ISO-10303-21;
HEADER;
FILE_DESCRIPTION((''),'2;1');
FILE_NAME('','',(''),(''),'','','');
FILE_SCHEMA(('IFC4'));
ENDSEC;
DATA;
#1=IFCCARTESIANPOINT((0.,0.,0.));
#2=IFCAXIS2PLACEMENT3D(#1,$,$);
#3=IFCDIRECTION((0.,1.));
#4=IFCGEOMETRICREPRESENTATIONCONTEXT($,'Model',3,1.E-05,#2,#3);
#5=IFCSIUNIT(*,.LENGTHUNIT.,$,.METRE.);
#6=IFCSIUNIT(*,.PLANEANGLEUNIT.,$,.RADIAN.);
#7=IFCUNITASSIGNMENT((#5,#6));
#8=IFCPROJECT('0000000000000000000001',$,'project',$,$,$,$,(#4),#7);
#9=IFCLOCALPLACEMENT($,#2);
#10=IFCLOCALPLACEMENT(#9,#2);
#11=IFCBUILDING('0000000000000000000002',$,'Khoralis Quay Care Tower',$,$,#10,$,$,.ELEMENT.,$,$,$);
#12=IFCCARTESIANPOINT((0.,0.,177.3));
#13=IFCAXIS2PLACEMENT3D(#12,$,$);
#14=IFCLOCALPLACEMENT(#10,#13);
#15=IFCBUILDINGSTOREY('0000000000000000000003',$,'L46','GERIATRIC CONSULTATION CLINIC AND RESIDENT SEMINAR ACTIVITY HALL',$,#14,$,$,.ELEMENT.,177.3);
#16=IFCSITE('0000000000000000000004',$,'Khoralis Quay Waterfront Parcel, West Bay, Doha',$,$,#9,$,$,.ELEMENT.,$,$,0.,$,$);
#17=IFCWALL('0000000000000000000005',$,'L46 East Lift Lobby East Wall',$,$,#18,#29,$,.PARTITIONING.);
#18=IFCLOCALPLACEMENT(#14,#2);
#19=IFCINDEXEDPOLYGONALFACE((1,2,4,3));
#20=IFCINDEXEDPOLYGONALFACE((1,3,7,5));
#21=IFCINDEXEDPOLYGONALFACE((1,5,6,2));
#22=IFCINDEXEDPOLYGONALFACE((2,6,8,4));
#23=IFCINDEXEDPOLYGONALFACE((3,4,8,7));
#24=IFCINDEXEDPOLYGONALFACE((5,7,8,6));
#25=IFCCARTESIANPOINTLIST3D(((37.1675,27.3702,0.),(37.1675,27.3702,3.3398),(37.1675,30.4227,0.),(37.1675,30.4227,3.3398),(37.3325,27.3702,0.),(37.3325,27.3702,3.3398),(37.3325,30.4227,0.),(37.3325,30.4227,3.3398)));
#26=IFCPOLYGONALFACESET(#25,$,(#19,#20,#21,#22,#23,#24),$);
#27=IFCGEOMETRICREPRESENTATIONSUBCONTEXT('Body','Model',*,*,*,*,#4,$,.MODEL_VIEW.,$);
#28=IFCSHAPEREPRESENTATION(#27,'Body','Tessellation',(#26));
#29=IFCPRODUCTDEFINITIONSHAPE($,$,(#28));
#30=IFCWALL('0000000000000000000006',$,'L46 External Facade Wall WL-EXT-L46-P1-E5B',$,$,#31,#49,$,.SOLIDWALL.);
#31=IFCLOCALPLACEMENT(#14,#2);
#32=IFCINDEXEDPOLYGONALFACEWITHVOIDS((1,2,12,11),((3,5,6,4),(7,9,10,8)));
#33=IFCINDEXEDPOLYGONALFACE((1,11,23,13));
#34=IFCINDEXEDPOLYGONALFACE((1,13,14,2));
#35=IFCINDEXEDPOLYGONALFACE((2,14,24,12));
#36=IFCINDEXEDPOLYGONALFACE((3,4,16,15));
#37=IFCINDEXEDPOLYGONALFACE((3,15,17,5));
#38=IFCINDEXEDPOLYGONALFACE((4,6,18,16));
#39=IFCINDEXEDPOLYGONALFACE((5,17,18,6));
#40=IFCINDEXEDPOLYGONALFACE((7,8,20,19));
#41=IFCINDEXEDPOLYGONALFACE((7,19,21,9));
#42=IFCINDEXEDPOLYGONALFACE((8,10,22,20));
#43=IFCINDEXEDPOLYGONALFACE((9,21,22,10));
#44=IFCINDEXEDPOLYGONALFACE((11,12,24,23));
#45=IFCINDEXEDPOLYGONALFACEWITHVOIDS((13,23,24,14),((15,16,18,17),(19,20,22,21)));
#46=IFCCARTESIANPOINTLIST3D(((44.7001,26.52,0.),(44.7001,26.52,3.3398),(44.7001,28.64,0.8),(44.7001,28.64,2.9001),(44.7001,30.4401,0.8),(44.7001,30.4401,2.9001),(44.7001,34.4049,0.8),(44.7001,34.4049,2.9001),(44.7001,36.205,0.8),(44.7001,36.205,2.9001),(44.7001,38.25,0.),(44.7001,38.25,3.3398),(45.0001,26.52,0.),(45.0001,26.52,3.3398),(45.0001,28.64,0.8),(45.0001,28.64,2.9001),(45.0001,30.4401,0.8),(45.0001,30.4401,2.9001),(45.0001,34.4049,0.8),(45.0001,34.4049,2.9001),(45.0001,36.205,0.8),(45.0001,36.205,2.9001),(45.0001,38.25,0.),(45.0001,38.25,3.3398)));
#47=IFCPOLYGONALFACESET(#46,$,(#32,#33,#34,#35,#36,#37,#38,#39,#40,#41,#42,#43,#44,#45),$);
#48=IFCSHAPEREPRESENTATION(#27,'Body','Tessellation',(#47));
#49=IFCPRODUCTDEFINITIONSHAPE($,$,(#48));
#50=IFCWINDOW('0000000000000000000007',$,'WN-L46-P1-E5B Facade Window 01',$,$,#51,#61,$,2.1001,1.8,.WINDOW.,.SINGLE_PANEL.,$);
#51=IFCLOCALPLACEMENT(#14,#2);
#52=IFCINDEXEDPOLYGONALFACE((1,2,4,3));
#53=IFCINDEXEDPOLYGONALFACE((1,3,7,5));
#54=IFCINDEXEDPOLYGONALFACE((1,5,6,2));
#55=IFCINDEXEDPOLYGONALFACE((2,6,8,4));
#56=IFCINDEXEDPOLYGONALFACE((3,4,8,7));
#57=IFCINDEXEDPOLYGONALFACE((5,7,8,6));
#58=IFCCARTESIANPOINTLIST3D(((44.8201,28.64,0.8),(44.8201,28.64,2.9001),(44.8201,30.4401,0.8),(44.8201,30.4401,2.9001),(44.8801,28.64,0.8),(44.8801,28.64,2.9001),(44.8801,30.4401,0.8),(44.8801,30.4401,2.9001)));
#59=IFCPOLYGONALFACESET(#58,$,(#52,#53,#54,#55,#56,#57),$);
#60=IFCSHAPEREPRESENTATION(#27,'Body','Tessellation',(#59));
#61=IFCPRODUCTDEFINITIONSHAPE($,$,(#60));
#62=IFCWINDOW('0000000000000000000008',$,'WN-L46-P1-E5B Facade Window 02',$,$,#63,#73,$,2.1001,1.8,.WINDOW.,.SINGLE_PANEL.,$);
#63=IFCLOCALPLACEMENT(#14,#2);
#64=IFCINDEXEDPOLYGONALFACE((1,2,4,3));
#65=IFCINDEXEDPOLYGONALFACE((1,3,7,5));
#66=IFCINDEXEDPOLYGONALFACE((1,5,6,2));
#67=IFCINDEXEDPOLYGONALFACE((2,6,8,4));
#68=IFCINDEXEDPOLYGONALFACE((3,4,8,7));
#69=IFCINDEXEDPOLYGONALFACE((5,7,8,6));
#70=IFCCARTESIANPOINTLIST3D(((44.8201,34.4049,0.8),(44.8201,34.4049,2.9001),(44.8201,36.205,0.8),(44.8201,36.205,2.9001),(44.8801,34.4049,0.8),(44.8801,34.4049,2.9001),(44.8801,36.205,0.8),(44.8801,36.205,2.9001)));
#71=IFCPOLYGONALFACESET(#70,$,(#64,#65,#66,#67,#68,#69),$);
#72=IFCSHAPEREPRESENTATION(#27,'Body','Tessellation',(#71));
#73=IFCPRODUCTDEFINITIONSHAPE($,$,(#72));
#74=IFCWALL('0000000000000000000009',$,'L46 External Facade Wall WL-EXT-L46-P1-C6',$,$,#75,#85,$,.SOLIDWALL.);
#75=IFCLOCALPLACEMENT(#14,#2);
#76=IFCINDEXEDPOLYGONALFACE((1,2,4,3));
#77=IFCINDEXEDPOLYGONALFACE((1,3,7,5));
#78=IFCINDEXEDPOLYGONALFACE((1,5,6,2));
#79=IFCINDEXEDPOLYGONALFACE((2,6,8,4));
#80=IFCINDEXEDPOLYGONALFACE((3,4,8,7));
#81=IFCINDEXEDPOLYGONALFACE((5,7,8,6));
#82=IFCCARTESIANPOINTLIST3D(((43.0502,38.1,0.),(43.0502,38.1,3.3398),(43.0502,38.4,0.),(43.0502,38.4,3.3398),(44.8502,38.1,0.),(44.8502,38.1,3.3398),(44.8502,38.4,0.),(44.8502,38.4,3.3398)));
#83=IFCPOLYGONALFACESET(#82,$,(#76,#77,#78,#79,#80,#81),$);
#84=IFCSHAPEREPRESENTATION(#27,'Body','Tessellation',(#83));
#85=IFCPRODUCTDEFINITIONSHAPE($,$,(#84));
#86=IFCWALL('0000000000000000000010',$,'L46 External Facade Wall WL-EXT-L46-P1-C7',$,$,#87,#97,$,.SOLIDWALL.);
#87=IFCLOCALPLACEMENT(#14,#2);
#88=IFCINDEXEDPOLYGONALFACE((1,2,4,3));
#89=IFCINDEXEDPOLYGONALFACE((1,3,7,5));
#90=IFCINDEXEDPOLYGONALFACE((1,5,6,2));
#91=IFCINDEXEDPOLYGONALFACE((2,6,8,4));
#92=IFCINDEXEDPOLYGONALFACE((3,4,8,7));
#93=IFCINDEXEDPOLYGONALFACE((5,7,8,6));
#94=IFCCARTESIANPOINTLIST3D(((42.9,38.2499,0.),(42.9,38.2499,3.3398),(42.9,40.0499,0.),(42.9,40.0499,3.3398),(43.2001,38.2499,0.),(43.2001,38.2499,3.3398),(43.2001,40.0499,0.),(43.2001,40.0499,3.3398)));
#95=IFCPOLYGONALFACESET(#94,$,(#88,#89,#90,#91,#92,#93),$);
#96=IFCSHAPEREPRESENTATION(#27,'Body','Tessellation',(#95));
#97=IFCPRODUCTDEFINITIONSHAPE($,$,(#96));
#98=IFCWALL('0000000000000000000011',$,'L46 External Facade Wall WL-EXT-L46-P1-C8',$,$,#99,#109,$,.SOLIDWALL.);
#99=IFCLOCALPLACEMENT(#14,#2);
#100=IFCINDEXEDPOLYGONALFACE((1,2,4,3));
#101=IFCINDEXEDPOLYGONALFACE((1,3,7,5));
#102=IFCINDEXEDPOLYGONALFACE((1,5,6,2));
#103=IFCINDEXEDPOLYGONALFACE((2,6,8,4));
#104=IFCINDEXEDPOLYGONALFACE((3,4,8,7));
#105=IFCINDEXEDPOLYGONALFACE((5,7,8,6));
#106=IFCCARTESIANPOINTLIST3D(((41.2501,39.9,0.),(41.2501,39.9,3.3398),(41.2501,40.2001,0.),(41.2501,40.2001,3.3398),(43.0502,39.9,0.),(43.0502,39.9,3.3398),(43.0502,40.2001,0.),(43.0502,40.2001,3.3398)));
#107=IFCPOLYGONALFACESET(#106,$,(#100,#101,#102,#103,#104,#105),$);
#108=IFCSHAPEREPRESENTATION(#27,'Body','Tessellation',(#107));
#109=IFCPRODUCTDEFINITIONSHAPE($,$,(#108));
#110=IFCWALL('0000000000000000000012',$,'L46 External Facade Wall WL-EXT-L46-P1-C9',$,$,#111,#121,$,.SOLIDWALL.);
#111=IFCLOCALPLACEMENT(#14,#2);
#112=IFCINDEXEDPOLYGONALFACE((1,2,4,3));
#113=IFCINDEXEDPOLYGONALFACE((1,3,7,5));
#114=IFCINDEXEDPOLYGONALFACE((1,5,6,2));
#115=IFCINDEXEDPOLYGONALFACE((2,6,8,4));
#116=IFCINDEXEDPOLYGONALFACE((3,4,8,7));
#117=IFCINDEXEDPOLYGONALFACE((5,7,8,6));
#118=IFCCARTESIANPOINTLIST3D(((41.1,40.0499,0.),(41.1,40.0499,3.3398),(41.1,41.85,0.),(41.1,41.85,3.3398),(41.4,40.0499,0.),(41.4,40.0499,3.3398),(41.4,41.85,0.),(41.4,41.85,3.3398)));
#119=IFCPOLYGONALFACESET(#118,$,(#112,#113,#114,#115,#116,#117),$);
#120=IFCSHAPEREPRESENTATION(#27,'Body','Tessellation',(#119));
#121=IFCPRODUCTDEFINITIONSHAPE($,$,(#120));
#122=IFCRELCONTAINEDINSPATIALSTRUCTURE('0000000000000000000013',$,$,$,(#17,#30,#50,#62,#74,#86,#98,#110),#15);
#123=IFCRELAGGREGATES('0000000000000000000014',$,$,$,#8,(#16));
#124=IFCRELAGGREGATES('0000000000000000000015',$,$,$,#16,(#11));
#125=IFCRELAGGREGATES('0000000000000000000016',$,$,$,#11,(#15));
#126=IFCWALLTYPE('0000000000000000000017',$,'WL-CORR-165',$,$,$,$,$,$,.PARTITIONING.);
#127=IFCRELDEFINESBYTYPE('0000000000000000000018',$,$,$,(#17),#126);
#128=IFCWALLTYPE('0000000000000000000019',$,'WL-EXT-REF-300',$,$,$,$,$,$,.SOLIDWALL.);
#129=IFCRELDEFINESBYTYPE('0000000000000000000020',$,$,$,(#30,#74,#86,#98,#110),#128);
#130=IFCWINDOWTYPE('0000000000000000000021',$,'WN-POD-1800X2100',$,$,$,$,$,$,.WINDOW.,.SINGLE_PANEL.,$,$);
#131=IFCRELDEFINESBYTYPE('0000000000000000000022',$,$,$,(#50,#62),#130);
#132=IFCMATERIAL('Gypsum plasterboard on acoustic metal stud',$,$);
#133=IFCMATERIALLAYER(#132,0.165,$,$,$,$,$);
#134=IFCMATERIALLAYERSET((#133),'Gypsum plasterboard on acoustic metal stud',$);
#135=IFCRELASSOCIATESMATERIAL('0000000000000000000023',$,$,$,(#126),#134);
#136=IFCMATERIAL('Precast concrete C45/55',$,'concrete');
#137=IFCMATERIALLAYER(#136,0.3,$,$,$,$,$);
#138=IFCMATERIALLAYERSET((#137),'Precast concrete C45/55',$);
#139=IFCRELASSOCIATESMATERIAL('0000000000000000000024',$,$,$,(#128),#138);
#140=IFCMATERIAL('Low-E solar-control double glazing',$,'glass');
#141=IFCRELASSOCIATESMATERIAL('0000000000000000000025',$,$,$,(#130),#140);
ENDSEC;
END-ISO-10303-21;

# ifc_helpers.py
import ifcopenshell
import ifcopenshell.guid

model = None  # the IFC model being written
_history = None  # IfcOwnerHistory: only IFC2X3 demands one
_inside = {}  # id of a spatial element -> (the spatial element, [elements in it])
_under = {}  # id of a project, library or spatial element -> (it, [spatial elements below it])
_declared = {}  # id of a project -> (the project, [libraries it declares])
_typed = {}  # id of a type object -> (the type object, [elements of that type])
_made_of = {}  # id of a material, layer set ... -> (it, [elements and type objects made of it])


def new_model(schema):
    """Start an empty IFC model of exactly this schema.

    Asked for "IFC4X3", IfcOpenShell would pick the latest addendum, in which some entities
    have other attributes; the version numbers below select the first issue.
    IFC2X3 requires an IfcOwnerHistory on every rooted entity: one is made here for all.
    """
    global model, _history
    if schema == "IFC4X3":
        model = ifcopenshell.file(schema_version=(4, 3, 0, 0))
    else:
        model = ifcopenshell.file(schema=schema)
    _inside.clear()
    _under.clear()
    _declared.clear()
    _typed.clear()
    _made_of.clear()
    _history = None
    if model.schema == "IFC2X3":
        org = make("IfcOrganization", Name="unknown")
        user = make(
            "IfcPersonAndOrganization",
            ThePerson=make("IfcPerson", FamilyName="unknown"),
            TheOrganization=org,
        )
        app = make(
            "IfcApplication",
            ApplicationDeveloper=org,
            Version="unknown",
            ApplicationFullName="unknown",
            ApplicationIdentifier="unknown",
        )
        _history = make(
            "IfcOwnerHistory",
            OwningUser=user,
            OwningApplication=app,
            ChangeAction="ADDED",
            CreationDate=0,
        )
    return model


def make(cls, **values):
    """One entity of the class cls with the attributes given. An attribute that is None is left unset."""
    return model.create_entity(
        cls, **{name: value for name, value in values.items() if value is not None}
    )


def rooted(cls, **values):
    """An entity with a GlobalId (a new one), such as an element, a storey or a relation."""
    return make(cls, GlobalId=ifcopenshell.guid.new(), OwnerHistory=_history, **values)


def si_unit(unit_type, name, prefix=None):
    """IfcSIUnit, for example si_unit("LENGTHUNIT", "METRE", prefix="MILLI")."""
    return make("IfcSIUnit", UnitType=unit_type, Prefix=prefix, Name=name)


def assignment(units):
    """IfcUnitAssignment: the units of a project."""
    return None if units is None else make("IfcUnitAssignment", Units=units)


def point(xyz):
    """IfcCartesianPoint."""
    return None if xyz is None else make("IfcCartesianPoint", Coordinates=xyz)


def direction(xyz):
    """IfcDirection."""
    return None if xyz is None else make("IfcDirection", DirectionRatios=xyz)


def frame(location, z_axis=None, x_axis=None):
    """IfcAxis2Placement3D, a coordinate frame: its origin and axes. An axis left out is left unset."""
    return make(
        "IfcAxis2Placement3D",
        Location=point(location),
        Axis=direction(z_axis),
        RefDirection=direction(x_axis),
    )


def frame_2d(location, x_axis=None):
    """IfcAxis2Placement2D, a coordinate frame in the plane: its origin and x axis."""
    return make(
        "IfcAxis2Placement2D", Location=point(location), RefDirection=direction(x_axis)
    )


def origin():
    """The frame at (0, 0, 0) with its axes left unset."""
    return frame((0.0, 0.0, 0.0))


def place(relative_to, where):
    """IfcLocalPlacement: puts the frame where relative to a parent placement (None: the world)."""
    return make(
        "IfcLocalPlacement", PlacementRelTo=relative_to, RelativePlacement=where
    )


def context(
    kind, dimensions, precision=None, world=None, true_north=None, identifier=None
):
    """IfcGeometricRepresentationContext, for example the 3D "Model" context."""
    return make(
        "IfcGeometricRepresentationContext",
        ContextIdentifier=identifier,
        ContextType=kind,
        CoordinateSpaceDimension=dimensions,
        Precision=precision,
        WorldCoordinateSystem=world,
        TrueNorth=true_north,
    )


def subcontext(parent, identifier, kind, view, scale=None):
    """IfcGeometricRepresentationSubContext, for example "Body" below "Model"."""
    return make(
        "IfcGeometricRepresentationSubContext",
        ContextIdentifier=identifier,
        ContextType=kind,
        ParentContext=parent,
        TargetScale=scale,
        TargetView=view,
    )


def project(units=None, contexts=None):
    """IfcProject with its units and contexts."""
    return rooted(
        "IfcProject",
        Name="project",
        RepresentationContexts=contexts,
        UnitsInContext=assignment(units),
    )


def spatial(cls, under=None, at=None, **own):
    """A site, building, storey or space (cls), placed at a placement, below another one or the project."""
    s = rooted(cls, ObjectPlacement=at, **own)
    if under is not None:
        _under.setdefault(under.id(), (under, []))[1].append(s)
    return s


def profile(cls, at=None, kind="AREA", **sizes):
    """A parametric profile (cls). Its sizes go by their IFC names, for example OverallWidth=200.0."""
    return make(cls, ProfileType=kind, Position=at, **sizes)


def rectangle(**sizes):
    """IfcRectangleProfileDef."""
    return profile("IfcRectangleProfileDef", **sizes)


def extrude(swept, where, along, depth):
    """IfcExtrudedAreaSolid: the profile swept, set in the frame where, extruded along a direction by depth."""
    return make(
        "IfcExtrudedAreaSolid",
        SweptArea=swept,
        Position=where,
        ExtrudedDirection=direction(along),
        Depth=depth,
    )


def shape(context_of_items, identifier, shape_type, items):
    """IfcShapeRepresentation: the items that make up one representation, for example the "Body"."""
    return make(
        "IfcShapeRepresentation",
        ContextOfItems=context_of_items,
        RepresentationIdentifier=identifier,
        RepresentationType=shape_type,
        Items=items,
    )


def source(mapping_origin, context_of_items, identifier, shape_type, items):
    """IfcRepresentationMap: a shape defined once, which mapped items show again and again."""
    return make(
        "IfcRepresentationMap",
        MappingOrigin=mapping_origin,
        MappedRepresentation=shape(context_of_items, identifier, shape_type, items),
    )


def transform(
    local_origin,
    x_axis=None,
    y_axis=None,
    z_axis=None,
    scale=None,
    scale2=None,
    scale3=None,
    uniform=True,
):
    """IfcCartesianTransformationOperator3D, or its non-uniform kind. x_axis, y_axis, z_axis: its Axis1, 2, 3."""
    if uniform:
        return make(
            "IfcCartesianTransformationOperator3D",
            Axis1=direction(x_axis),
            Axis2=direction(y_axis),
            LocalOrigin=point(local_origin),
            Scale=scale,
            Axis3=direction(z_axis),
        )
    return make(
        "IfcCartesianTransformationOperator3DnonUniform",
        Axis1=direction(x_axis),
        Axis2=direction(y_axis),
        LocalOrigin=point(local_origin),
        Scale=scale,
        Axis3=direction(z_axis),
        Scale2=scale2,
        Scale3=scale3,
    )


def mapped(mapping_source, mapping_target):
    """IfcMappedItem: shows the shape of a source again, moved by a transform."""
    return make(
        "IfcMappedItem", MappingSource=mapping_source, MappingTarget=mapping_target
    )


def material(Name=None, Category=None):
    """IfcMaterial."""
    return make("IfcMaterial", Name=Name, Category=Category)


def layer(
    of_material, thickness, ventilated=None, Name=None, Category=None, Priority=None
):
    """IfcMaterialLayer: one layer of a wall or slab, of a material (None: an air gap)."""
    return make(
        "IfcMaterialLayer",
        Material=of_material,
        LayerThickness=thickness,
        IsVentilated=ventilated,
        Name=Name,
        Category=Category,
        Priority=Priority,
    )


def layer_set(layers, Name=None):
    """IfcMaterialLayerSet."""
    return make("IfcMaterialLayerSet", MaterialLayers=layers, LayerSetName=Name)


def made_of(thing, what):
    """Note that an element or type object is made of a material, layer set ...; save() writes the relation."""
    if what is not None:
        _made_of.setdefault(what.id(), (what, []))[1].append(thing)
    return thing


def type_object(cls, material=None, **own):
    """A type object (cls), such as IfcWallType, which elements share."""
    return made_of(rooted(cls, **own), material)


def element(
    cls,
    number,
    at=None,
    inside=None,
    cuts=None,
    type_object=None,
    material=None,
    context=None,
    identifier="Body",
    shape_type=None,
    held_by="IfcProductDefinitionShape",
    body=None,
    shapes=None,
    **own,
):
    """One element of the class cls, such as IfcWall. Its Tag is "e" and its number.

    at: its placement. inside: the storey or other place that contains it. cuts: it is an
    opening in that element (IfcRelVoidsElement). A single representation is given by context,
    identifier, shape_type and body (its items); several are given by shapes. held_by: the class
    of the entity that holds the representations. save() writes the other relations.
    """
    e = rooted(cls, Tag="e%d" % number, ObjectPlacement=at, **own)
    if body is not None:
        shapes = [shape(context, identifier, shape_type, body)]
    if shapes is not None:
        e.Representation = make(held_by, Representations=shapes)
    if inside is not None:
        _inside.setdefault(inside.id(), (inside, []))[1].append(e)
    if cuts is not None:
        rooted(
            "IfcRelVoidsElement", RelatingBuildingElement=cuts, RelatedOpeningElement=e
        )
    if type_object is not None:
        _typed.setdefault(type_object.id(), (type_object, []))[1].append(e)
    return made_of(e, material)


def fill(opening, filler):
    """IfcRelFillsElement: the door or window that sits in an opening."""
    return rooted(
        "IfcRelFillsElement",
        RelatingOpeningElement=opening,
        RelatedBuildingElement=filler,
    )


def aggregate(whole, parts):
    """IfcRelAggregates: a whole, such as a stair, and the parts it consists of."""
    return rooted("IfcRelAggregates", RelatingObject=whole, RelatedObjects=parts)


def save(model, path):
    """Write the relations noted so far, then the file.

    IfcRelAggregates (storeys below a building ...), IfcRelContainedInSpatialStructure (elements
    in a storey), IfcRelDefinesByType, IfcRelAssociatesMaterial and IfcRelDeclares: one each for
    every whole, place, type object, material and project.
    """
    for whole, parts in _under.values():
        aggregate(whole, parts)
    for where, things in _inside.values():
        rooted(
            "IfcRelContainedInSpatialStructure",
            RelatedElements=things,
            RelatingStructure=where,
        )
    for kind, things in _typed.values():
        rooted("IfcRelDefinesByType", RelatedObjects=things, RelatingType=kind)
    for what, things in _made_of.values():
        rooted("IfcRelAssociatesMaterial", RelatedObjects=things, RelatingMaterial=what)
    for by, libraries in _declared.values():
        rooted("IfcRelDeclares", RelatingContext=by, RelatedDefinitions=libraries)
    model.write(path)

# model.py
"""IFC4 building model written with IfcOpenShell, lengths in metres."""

from ifc_helpers import new_model, si_unit, direction, frame, frame_2d, origin, place, context, subcontext, project, spatial, rectangle, extrude, source, transform, mapped, material, layer, layer_set, type_object, element, fill, save


model = new_model("IFC4")

# Units and contexts
model_context = context("Model", 3, precision=1e-05, world=origin(), true_north=direction((0.0, 1.0)))
body_context = subcontext(model_context, "Body", "Model", "MODEL_VIEW")
ifc_project = project(units=[si_unit("LENGTHUNIT", "METRE"), si_unit("PLANEANGLEUNIT", "RADIAN")], contexts=[model_context])

# Site, building, storey
site_placement = place(None, origin())
site = spatial("IfcSite", under=ifc_project, at=site_placement, Name="Khoralis Quay Waterfront Parcel, West Bay, Doha", CompositionType="ELEMENT", RefElevation=0.0)
building_placement = place(site_placement, origin())
building = spatial("IfcBuilding", under=site, at=building_placement, Name="Khoralis Quay Care Tower", CompositionType="ELEMENT")
storey_placement = place(building_placement, frame((0.0, 0.0, 177.3)))
storey = spatial("IfcBuildingStorey", under=building, at=storey_placement, Name="L46", Description="GERIATRIC CONSULTATION CLINIC AND RESIDENT SEMINAR ACTIVITY HALL", CompositionType="ELEMENT", Elevation=177.3)

# Wall
ifc_material_1 = material(Name="Gypsum plasterboard on acoustic metal stud")
ifc_layer_1 = layer(ifc_material_1, 0.165)
ifc_layer_set_1 = layer_set([ifc_layer_1], Name="Gypsum plasterboard on acoustic metal stud")
wall_type_1 = type_object("IfcWallType", Name="WL-CORR-165", PredefinedType="PARTITIONING", material=ifc_layer_set_1)
wall_1_placement = place(storey_placement, frame((37.25, 27.3701, 0.0), z_axis=(0.0, 0.0, 1.0), x_axis=(0.0, 1.0, 0.0)))
element("IfcWall", 1, at=wall_1_placement, inside=storey, type_object=wall_type_1, Name="L46 East Lift Lobby East Wall", PredefinedType="PARTITIONING", context=body_context, shape_type="SweptSolid", body=[
    extrude(rectangle(XDim=3.0525, YDim=0.165, at=frame_2d((1.5264, 0.0))), origin(), (0.0, 0.0, 1.0), 3.3398),
])

# Wall, openings, windows
ifc_material_2 = material(Name="Precast concrete C45/55", Category="concrete")
ifc_layer_2 = layer(ifc_material_2, 0.3)
ifc_layer_set_2 = layer_set([ifc_layer_2], Name="Precast concrete C45/55")
wall_type_2 = type_object("IfcWallType", Name="WL-EXT-REF-300", PredefinedType="SOLIDWALL", material=ifc_layer_set_2)
wall_2_placement = place(storey_placement, frame((44.8501, 26.52, 0.0), z_axis=(0.0, 0.0, 1.0), x_axis=(0.0, 1.0, 0.0)))
wall_2 = element("IfcWall", 2, at=wall_2_placement, inside=storey, type_object=wall_type_2, Name="L46 External Facade Wall WL-EXT-L46-P1-E5B", PredefinedType="SOLIDWALL", context=body_context, shape_type="SweptSolid", body=[
    extrude(rectangle(XDim=11.73, YDim=0.3, at=frame_2d((5.865, 0.0))), origin(), (0.0, 0.0, 1.0), 3.3398),
])
opening_1_placement = place(wall_2_placement, frame((2.1201, 0.0, 0.8)))
opening_1 = element("IfcOpeningElement", 3, at=opening_1_placement, cuts=wall_2, PredefinedType="OPENING", context=body_context, shape_type="SweptSolid", body=[
    extrude(rectangle(XDim=1.8, YDim=2.1001, at=frame_2d((0.8999, 1.05))), frame((0.0, 0.1602, 0.0), z_axis=(0.0, -1.0, 0.0), x_axis=(1.0, 0.0, 0.0)), (0.0, 0.0, 1.0), 0.3201),
])
opening_2_placement = place(wall_2_placement, frame((7.885, 0.0, 0.8)))
opening_2 = element("IfcOpeningElement", 4, at=opening_2_placement, cuts=wall_2, PredefinedType="OPENING", context=body_context, shape_type="SweptSolid", body=[
    extrude(rectangle(XDim=1.8, YDim=2.1001, at=frame_2d((0.8999, 1.05))), frame((0.0, 0.1602, 0.0), z_axis=(0.0, -1.0, 0.0), x_axis=(1.0, 0.0, 0.0)), (0.0, 0.0, 1.0), 0.3201),
])
ifc_material_3 = material(Name="Low-E solar-control double glazing", Category="glass")
window_type = type_object("IfcWindowType", Name="WN-POD-1800X2100", PartitioningType="SINGLE_PANEL", PredefinedType="WINDOW", material=ifc_material_3)
shared_shape_1 = source(origin(), body_context, "Body", "SweptSolid", [
    extrude(rectangle(XDim=1.8, YDim=2.1001, at=frame_2d((0.8999, 1.05))), frame((0.0, 0.03, 0.0), z_axis=(0.0, -1.0, 0.0), x_axis=(1.0, 0.0, 0.0)), (0.0, 0.0, 1.0), 0.0601),
])
window_1_placement = place(opening_1_placement, origin())
window_1 = element("IfcWindow", 5, at=window_1_placement, inside=storey, type_object=window_type, Name="WN-L46-P1-E5B Facade Window 01", OverallHeight=2.1001, OverallWidth=1.8, PartitioningType="SINGLE_PANEL", PredefinedType="WINDOW", context=body_context, shape_type="MappedRepresentation", body=[
    mapped(shared_shape_1, transform((0.0, 0.0, 0.0), scale=1.0)),
])
fill(opening_1, window_1)
window_2_placement = place(opening_2_placement, origin())
window_2 = element("IfcWindow", 6, at=window_2_placement, inside=storey, type_object=window_type, Name="WN-L46-P1-E5B Facade Window 02", OverallHeight=2.1001, OverallWidth=1.8, PartitioningType="SINGLE_PANEL", PredefinedType="WINDOW", context=body_context, shape_type="MappedRepresentation", body=[
    mapped(shared_shape_1, transform((0.0, 0.0, 0.0), scale=1.0)),
])
fill(opening_2, window_2)

# Walls
for number, where, z_axis, x_axis, name in (
    (7, (44.8501, 38.25, 0.0), (0.0, 0.0, 1.0), (-1.0, 0.0, 0.0), "L46 External Facade Wall WL-EXT-L46-P1-C6"),
    (8, (43.05, 38.25, 0.0), (0.0, 0.0, 1.0), (0.0, 1.0, 0.0), "L46 External Facade Wall WL-EXT-L46-P1-C7"),
    (9, (43.05, 40.05, 0.0), (0.0, 0.0, 1.0), (-1.0, 0.0, 0.0), "L46 External Facade Wall WL-EXT-L46-P1-C8"),
    (10, (41.25, 40.05, 0.0), (0.0, 0.0, 1.0), (0.0, 1.0, 0.0), "L46 External Facade Wall WL-EXT-L46-P1-C9"),
):
    element("IfcWall", number, at=place(storey_placement, frame(where, z_axis=z_axis, x_axis=x_axis)), inside=storey, type_object=wall_type_2, Name=name, PredefinedType="SOLIDWALL", context=body_context, shape_type="SweptSolid", body=[
        extrude(rectangle(XDim=1.8, YDim=0.3, at=frame_2d((0.8999, 0.0))), origin(), (0.0, 0.0, 1.0), 3.3398),
    ])

save(model, "model.ifc")
